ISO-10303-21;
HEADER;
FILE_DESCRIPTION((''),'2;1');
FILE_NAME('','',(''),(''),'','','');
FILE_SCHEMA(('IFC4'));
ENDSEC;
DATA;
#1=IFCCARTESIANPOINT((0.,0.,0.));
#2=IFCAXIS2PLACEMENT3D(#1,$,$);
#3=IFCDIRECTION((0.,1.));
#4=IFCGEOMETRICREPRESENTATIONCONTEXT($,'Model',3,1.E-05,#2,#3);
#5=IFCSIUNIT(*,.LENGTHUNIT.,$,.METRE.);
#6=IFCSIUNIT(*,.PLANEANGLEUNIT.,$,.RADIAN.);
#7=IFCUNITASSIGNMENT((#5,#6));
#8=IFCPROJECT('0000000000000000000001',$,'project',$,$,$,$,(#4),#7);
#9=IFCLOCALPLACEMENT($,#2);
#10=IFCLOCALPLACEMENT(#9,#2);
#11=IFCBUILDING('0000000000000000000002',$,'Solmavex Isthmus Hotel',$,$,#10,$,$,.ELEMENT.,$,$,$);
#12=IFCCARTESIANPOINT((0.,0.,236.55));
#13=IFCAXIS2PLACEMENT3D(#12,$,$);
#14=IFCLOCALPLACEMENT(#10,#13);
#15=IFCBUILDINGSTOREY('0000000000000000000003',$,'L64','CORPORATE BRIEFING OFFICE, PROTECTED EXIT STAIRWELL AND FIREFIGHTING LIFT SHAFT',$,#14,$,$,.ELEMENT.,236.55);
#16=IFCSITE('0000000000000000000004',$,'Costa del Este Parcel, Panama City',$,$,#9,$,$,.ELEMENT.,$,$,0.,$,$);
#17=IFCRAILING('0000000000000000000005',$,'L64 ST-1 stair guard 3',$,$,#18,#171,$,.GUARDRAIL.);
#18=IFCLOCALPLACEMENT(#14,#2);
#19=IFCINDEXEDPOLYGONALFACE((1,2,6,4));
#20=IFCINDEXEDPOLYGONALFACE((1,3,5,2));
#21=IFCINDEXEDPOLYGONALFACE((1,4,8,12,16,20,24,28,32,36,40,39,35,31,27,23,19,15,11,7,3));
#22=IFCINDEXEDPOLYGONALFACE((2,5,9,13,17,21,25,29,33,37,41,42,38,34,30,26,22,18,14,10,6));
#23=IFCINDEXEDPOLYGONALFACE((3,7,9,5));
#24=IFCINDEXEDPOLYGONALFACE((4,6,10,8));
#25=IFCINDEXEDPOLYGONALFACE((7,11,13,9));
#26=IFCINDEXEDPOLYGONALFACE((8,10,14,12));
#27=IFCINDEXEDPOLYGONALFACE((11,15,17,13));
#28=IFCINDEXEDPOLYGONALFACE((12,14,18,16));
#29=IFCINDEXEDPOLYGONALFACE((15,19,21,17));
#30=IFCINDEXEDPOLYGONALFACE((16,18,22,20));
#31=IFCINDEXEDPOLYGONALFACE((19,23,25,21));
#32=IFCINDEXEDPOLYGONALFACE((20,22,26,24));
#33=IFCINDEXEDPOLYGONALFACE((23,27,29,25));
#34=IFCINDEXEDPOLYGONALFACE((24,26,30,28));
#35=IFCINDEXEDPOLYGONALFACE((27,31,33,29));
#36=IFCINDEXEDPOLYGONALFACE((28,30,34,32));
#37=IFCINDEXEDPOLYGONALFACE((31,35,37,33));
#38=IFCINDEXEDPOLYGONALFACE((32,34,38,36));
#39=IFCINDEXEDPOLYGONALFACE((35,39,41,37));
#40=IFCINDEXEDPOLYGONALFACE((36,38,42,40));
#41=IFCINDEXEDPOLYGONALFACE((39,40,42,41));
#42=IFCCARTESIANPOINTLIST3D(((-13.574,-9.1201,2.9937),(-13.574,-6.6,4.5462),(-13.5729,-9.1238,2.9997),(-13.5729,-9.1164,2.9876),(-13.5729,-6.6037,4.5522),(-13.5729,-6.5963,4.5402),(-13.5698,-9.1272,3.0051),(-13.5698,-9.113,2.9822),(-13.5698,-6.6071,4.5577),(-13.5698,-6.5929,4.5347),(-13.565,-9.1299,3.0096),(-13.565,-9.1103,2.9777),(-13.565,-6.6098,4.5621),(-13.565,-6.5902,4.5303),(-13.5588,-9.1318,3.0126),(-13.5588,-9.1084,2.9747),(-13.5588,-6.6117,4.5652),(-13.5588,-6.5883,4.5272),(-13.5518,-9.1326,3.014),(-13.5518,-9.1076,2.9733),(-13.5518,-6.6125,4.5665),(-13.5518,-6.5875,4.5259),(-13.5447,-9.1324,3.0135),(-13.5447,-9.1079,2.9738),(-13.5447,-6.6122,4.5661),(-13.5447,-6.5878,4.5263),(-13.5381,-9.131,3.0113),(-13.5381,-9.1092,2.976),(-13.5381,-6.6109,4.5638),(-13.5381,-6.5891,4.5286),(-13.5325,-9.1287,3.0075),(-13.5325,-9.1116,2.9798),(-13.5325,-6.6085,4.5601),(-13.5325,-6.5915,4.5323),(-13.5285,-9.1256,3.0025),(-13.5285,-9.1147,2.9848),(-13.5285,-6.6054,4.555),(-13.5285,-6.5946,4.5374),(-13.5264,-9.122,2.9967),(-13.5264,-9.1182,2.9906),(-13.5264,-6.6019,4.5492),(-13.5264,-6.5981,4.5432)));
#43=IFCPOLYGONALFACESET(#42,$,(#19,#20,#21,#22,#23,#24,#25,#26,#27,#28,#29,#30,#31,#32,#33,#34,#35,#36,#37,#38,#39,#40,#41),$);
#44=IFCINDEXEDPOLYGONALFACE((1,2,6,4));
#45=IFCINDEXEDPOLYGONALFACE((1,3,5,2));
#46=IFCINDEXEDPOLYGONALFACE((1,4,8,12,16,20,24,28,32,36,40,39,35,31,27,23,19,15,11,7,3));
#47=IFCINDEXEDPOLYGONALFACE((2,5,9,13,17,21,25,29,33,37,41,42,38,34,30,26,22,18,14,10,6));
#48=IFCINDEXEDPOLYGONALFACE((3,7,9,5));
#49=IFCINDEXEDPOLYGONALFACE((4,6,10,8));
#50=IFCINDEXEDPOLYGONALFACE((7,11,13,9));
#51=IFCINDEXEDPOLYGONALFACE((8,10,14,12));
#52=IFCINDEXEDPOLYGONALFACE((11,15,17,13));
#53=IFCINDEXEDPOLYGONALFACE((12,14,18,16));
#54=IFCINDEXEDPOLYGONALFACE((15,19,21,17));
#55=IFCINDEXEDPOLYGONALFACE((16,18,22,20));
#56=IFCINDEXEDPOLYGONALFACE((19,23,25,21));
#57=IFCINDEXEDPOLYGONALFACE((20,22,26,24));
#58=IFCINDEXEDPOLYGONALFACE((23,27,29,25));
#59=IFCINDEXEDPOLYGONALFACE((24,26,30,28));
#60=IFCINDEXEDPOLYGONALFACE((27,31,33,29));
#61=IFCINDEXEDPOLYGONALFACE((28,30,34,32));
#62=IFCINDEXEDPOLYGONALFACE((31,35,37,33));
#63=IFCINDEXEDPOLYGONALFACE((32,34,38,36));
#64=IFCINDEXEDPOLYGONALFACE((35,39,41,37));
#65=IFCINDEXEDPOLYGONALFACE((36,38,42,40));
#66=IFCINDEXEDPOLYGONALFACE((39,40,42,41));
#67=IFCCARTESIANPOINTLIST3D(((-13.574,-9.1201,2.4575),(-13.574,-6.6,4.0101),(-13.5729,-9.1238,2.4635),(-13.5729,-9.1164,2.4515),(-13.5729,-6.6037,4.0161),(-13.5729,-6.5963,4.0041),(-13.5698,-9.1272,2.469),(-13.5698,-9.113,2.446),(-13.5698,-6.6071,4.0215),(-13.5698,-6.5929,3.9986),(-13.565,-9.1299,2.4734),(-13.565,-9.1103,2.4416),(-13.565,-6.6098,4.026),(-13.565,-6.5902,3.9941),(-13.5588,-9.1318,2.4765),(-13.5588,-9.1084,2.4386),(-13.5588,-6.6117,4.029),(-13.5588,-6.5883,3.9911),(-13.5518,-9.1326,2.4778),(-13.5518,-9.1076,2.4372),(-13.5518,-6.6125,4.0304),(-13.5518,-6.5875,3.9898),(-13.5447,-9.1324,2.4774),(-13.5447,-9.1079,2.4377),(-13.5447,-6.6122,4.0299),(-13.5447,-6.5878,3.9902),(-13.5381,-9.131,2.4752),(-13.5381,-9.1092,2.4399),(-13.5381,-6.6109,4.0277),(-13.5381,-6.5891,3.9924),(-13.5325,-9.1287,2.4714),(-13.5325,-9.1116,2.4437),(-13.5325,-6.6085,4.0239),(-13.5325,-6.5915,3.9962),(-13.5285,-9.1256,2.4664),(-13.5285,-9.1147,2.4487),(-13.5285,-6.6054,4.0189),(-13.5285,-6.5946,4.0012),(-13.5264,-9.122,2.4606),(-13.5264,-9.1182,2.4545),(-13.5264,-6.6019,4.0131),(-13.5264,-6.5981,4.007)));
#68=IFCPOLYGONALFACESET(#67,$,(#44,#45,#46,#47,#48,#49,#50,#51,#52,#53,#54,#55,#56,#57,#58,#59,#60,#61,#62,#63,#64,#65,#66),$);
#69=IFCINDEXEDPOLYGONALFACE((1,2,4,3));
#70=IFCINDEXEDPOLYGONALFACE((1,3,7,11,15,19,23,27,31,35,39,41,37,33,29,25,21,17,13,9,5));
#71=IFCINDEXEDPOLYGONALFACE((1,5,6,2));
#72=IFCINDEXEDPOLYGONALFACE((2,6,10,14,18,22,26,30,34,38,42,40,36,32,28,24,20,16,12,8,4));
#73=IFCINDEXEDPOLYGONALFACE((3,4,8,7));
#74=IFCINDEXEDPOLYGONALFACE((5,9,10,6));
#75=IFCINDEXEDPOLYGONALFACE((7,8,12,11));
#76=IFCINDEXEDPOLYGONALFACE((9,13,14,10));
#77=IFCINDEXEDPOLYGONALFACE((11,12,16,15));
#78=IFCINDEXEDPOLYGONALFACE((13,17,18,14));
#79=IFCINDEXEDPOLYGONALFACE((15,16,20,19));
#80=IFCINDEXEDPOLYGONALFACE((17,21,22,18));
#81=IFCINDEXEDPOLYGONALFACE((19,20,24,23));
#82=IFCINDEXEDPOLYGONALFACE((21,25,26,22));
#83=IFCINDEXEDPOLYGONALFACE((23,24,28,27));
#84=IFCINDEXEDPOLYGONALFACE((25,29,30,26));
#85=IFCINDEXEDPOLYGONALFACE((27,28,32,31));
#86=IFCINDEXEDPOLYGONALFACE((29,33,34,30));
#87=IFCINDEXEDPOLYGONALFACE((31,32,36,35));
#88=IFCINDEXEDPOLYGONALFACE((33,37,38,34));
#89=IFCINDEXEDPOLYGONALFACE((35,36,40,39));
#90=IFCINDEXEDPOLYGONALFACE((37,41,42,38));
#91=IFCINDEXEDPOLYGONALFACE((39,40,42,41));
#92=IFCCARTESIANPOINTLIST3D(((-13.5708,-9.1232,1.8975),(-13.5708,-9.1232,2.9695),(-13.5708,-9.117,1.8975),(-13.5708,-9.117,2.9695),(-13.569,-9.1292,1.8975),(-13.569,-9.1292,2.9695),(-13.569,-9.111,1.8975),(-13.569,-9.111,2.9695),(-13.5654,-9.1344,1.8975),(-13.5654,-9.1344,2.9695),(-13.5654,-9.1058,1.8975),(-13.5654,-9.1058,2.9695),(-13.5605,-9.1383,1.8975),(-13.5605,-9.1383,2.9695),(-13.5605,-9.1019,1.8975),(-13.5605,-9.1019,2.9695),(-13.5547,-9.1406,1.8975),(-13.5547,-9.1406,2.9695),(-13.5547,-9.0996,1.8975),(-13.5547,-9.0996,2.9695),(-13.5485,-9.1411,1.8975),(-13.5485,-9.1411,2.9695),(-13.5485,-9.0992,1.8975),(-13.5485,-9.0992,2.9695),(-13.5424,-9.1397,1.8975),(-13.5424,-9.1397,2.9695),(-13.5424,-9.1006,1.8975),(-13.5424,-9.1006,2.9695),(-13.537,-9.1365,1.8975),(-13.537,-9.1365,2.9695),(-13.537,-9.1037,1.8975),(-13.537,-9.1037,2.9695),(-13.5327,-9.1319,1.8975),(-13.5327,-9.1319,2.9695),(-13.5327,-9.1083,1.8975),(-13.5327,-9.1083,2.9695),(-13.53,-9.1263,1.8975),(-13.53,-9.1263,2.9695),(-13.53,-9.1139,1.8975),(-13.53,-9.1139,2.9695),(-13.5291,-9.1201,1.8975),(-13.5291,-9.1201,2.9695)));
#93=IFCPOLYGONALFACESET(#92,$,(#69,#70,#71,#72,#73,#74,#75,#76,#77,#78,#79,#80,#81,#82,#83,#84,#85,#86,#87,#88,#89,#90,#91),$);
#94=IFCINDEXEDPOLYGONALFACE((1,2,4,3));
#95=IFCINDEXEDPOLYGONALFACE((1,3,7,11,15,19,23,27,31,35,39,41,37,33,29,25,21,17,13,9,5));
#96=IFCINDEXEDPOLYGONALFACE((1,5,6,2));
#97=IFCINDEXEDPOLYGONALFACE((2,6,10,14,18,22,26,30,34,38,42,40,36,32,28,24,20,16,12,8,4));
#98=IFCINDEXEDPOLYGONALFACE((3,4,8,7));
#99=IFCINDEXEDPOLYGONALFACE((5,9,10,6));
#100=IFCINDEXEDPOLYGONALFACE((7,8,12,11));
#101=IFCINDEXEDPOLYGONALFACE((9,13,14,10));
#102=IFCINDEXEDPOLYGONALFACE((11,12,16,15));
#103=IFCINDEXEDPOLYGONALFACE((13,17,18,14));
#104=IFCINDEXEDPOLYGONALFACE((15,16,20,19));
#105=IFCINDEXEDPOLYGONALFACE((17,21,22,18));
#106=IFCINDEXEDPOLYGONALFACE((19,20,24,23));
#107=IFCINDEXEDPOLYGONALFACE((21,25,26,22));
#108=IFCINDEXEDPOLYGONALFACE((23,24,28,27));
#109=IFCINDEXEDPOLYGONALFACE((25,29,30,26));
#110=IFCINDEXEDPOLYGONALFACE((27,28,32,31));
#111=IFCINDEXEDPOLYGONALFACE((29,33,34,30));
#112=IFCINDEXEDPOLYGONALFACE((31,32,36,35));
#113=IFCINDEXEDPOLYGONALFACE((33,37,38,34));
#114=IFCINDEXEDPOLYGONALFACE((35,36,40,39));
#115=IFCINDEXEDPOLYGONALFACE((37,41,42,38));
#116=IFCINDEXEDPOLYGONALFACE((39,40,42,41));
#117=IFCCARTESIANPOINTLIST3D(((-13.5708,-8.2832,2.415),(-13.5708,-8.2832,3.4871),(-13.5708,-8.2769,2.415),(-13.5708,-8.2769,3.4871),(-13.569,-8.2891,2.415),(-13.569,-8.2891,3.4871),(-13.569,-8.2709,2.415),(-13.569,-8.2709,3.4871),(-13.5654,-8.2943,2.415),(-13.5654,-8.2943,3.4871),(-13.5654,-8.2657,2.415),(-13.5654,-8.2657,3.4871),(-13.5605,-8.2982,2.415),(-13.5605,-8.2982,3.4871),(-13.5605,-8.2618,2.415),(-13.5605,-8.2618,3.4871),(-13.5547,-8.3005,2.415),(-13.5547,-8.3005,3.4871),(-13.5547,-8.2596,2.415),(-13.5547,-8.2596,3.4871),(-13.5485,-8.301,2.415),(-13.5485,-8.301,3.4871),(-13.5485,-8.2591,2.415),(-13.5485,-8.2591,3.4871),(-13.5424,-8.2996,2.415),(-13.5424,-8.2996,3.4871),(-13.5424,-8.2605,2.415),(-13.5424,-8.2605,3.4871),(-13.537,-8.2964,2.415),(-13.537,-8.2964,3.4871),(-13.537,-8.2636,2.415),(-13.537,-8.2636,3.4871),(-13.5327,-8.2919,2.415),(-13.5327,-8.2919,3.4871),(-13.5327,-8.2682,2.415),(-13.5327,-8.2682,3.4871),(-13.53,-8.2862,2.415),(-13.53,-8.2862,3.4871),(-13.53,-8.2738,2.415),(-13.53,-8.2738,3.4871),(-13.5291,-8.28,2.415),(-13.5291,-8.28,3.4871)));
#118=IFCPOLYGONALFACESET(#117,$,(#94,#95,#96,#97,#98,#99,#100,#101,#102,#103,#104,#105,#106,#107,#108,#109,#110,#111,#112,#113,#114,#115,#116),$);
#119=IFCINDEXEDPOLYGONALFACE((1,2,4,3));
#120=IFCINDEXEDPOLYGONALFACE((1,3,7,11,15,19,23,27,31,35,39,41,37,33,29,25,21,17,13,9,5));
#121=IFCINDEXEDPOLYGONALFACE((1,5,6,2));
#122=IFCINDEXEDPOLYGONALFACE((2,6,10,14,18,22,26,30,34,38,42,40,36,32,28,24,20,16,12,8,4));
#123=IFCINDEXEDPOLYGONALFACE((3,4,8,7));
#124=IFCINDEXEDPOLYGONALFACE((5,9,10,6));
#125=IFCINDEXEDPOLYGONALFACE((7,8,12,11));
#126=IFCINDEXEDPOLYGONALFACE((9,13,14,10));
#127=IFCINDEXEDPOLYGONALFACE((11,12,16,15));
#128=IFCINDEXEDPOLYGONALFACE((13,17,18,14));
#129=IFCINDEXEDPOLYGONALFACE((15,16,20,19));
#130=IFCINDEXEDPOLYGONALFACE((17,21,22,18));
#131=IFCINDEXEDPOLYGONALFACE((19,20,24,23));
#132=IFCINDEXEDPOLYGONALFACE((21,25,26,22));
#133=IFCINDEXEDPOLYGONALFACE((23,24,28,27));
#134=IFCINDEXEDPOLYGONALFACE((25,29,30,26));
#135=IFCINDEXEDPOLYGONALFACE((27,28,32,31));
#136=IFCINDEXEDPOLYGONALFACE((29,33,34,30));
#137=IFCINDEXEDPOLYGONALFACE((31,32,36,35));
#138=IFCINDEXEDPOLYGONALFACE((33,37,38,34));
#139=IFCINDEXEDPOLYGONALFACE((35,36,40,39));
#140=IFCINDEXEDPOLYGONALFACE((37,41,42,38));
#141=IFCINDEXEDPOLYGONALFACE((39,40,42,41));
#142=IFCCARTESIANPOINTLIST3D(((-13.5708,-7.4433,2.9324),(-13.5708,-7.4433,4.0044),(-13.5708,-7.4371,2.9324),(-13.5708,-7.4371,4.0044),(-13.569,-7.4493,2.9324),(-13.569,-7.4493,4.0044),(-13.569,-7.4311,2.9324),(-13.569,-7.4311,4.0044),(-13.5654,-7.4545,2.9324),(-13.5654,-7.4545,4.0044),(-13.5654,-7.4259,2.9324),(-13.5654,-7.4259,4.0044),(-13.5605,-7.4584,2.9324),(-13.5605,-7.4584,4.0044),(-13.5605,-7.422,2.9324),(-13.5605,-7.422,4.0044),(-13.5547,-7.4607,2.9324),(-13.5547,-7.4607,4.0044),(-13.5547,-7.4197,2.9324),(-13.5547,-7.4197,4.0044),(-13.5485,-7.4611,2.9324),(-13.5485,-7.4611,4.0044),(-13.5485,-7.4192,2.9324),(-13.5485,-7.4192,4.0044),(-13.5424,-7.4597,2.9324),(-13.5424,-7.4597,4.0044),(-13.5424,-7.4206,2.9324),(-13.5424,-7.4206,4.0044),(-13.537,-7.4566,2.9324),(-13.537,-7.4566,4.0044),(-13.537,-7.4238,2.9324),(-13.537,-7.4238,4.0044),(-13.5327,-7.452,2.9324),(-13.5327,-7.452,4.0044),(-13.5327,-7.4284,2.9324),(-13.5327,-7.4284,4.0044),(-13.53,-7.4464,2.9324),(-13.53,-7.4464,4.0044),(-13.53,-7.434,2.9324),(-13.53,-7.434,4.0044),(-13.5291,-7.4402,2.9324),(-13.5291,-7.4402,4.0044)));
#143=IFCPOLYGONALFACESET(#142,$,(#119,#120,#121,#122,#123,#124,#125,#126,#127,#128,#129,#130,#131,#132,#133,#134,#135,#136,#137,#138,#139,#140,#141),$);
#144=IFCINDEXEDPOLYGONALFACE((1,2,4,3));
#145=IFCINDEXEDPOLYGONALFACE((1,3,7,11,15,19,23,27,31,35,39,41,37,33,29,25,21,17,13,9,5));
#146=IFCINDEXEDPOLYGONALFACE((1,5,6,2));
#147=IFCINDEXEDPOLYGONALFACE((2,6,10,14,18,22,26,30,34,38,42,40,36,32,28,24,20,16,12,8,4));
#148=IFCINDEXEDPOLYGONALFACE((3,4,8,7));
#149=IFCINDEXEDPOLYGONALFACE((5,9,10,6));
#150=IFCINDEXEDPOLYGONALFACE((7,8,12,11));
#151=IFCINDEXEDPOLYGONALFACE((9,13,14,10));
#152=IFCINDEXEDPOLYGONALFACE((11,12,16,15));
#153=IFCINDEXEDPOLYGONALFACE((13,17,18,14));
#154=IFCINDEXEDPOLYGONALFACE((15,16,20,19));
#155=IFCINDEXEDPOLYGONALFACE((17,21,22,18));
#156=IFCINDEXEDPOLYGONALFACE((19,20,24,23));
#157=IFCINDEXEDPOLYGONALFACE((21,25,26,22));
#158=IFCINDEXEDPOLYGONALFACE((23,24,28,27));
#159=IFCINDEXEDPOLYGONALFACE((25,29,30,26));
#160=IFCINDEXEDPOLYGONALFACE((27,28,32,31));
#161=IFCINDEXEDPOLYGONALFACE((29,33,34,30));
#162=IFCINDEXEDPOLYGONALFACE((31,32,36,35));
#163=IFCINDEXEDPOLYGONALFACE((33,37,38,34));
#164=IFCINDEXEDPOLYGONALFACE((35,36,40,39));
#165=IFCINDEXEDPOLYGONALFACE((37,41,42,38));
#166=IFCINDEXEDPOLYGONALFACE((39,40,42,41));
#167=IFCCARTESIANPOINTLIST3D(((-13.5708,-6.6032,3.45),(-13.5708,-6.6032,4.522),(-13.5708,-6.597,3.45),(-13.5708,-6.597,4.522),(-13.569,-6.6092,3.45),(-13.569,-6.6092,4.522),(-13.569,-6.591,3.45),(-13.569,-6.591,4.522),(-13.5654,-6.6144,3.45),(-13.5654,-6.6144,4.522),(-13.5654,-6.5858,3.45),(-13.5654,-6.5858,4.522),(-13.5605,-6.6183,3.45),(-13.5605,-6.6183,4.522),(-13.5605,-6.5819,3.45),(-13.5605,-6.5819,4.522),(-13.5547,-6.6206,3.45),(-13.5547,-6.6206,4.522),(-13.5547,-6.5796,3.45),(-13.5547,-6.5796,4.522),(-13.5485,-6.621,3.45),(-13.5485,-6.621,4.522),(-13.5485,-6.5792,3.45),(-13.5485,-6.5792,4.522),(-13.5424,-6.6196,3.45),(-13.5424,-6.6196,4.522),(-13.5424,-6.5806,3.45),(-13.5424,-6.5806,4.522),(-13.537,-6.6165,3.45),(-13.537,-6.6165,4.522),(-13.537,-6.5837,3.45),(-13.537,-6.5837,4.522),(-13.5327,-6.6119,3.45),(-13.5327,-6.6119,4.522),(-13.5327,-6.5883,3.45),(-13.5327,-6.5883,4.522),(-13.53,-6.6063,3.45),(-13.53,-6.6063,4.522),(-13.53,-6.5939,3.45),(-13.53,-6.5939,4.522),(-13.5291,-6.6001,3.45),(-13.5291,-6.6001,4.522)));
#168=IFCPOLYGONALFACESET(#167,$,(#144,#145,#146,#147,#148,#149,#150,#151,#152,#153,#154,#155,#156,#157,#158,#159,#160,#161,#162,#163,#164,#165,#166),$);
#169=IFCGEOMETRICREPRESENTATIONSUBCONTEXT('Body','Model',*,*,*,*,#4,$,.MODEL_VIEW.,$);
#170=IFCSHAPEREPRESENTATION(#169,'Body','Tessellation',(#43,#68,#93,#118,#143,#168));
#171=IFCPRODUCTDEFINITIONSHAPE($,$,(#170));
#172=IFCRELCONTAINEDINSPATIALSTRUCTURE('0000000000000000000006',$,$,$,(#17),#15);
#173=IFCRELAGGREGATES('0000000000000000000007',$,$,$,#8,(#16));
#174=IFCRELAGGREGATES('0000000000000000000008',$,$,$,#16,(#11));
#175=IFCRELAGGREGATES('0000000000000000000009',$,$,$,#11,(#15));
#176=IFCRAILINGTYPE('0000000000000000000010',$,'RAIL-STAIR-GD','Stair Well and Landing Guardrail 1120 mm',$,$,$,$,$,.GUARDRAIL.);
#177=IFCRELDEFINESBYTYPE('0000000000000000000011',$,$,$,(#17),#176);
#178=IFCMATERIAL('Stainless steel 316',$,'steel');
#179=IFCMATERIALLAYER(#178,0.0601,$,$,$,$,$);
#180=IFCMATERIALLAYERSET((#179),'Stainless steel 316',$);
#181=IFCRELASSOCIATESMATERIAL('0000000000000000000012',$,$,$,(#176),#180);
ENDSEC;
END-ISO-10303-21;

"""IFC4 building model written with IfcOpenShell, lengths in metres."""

from ifc_helpers import new_model, si_unit, direction, frame, origin, origin_2d, place, context, subcontext, project, spatial, circle, extrude, material, layer, layer_set, type_object, element, save


model = new_model("IFC4")

# Units and contexts
model_context = context("Model", 3, precision=1e-05, world=origin(), true_north=direction((0.0, 1.0)))
body_context = subcontext(model_context, "Body", "Model", "MODEL_VIEW")
ifc_project = project(units=[si_unit("LENGTHUNIT", "METRE"), si_unit("PLANEANGLEUNIT", "RADIAN")], contexts=[model_context])

# Site, building, storey
site_placement = place(None, origin())
site = spatial("IfcSite", under=ifc_project, at=site_placement, Name="Costa del Este Parcel, Panama City", CompositionType="ELEMENT", RefElevation=0.0)
building_placement = place(site_placement, origin())
building = spatial("IfcBuilding", under=site, at=building_placement, Name="Solmavex Isthmus Hotel", CompositionType="ELEMENT")
storey_placement = place(building_placement, frame((0.0, 0.0, 236.55)))
storey = spatial("IfcBuildingStorey", under=building, at=storey_placement, Name="L64", Description="CORPORATE BRIEFING OFFICE, PROTECTED EXIT STAIRWELL AND FIREFIGHTING LIFT SHAFT", CompositionType="ELEMENT", Elevation=236.55)

# Shared definitions
ifc_material_1 = material(Name="Stainless steel 316", Category="steel")

# Railing
ifc_layer_1 = layer(ifc_material_1, 0.0601)
ifc_layer_set_1 = layer_set([ifc_layer_1], Name="Stainless steel 316")
railing_type_1 = type_object("IfcRailingType", Name="RAIL-STAIR-GD", Description="Stair Well and Landing Guardrail 1120 mm", PredefinedType="GUARDRAIL", material=ifc_layer_set_1)
railing_1_placement = place(storey_placement, frame((-13.55, -9.1201, 1.8975)))
element("IfcRailing", 1, at=railing_1_placement, inside=storey, type_object=railing_type_1, Name="L64 ST-1 stair guard 3", PredefinedType="GUARDRAIL", context=body_context, shape_type="SweptSolid", body=[
    extrude(circle(Radius=0.0239, at=origin_2d()), frame((0.0, 0.0, 1.0962), z_axis=(0.0, 0.8514, 0.524516), x_axis=(-1.0, 0.0, 0.0)), (0.0, 0.0, 1.0), 2.96),
    extrude(circle(Radius=0.0239, at=origin_2d()), frame((0.0, 0.0, 0.5601), z_axis=(0.0, 0.8514, 0.524516), x_axis=(-1.0, 0.0, 0.0)), (0.0, 0.0, 1.0), 2.96),
    extrude(circle(Radius=0.021, at=origin_2d()), origin(), (0.0, 0.0, 1.0), 1.072),
    extrude(circle(Radius=0.021, at=origin_2d()), frame((0.0, 0.8401, 0.5176)), (0.0, 0.0, 1.0), 1.072),
    extrude(circle(Radius=0.021, at=origin_2d()), frame((0.0, 1.6799, 1.0349)), (0.0, 0.0, 1.0), 1.072),
    extrude(circle(Radius=0.021, at=origin_2d()), frame((0.0, 2.52, 1.5525)), (0.0, 0.0, 1.0), 1.072),
])

save(model, "model.ifc")
